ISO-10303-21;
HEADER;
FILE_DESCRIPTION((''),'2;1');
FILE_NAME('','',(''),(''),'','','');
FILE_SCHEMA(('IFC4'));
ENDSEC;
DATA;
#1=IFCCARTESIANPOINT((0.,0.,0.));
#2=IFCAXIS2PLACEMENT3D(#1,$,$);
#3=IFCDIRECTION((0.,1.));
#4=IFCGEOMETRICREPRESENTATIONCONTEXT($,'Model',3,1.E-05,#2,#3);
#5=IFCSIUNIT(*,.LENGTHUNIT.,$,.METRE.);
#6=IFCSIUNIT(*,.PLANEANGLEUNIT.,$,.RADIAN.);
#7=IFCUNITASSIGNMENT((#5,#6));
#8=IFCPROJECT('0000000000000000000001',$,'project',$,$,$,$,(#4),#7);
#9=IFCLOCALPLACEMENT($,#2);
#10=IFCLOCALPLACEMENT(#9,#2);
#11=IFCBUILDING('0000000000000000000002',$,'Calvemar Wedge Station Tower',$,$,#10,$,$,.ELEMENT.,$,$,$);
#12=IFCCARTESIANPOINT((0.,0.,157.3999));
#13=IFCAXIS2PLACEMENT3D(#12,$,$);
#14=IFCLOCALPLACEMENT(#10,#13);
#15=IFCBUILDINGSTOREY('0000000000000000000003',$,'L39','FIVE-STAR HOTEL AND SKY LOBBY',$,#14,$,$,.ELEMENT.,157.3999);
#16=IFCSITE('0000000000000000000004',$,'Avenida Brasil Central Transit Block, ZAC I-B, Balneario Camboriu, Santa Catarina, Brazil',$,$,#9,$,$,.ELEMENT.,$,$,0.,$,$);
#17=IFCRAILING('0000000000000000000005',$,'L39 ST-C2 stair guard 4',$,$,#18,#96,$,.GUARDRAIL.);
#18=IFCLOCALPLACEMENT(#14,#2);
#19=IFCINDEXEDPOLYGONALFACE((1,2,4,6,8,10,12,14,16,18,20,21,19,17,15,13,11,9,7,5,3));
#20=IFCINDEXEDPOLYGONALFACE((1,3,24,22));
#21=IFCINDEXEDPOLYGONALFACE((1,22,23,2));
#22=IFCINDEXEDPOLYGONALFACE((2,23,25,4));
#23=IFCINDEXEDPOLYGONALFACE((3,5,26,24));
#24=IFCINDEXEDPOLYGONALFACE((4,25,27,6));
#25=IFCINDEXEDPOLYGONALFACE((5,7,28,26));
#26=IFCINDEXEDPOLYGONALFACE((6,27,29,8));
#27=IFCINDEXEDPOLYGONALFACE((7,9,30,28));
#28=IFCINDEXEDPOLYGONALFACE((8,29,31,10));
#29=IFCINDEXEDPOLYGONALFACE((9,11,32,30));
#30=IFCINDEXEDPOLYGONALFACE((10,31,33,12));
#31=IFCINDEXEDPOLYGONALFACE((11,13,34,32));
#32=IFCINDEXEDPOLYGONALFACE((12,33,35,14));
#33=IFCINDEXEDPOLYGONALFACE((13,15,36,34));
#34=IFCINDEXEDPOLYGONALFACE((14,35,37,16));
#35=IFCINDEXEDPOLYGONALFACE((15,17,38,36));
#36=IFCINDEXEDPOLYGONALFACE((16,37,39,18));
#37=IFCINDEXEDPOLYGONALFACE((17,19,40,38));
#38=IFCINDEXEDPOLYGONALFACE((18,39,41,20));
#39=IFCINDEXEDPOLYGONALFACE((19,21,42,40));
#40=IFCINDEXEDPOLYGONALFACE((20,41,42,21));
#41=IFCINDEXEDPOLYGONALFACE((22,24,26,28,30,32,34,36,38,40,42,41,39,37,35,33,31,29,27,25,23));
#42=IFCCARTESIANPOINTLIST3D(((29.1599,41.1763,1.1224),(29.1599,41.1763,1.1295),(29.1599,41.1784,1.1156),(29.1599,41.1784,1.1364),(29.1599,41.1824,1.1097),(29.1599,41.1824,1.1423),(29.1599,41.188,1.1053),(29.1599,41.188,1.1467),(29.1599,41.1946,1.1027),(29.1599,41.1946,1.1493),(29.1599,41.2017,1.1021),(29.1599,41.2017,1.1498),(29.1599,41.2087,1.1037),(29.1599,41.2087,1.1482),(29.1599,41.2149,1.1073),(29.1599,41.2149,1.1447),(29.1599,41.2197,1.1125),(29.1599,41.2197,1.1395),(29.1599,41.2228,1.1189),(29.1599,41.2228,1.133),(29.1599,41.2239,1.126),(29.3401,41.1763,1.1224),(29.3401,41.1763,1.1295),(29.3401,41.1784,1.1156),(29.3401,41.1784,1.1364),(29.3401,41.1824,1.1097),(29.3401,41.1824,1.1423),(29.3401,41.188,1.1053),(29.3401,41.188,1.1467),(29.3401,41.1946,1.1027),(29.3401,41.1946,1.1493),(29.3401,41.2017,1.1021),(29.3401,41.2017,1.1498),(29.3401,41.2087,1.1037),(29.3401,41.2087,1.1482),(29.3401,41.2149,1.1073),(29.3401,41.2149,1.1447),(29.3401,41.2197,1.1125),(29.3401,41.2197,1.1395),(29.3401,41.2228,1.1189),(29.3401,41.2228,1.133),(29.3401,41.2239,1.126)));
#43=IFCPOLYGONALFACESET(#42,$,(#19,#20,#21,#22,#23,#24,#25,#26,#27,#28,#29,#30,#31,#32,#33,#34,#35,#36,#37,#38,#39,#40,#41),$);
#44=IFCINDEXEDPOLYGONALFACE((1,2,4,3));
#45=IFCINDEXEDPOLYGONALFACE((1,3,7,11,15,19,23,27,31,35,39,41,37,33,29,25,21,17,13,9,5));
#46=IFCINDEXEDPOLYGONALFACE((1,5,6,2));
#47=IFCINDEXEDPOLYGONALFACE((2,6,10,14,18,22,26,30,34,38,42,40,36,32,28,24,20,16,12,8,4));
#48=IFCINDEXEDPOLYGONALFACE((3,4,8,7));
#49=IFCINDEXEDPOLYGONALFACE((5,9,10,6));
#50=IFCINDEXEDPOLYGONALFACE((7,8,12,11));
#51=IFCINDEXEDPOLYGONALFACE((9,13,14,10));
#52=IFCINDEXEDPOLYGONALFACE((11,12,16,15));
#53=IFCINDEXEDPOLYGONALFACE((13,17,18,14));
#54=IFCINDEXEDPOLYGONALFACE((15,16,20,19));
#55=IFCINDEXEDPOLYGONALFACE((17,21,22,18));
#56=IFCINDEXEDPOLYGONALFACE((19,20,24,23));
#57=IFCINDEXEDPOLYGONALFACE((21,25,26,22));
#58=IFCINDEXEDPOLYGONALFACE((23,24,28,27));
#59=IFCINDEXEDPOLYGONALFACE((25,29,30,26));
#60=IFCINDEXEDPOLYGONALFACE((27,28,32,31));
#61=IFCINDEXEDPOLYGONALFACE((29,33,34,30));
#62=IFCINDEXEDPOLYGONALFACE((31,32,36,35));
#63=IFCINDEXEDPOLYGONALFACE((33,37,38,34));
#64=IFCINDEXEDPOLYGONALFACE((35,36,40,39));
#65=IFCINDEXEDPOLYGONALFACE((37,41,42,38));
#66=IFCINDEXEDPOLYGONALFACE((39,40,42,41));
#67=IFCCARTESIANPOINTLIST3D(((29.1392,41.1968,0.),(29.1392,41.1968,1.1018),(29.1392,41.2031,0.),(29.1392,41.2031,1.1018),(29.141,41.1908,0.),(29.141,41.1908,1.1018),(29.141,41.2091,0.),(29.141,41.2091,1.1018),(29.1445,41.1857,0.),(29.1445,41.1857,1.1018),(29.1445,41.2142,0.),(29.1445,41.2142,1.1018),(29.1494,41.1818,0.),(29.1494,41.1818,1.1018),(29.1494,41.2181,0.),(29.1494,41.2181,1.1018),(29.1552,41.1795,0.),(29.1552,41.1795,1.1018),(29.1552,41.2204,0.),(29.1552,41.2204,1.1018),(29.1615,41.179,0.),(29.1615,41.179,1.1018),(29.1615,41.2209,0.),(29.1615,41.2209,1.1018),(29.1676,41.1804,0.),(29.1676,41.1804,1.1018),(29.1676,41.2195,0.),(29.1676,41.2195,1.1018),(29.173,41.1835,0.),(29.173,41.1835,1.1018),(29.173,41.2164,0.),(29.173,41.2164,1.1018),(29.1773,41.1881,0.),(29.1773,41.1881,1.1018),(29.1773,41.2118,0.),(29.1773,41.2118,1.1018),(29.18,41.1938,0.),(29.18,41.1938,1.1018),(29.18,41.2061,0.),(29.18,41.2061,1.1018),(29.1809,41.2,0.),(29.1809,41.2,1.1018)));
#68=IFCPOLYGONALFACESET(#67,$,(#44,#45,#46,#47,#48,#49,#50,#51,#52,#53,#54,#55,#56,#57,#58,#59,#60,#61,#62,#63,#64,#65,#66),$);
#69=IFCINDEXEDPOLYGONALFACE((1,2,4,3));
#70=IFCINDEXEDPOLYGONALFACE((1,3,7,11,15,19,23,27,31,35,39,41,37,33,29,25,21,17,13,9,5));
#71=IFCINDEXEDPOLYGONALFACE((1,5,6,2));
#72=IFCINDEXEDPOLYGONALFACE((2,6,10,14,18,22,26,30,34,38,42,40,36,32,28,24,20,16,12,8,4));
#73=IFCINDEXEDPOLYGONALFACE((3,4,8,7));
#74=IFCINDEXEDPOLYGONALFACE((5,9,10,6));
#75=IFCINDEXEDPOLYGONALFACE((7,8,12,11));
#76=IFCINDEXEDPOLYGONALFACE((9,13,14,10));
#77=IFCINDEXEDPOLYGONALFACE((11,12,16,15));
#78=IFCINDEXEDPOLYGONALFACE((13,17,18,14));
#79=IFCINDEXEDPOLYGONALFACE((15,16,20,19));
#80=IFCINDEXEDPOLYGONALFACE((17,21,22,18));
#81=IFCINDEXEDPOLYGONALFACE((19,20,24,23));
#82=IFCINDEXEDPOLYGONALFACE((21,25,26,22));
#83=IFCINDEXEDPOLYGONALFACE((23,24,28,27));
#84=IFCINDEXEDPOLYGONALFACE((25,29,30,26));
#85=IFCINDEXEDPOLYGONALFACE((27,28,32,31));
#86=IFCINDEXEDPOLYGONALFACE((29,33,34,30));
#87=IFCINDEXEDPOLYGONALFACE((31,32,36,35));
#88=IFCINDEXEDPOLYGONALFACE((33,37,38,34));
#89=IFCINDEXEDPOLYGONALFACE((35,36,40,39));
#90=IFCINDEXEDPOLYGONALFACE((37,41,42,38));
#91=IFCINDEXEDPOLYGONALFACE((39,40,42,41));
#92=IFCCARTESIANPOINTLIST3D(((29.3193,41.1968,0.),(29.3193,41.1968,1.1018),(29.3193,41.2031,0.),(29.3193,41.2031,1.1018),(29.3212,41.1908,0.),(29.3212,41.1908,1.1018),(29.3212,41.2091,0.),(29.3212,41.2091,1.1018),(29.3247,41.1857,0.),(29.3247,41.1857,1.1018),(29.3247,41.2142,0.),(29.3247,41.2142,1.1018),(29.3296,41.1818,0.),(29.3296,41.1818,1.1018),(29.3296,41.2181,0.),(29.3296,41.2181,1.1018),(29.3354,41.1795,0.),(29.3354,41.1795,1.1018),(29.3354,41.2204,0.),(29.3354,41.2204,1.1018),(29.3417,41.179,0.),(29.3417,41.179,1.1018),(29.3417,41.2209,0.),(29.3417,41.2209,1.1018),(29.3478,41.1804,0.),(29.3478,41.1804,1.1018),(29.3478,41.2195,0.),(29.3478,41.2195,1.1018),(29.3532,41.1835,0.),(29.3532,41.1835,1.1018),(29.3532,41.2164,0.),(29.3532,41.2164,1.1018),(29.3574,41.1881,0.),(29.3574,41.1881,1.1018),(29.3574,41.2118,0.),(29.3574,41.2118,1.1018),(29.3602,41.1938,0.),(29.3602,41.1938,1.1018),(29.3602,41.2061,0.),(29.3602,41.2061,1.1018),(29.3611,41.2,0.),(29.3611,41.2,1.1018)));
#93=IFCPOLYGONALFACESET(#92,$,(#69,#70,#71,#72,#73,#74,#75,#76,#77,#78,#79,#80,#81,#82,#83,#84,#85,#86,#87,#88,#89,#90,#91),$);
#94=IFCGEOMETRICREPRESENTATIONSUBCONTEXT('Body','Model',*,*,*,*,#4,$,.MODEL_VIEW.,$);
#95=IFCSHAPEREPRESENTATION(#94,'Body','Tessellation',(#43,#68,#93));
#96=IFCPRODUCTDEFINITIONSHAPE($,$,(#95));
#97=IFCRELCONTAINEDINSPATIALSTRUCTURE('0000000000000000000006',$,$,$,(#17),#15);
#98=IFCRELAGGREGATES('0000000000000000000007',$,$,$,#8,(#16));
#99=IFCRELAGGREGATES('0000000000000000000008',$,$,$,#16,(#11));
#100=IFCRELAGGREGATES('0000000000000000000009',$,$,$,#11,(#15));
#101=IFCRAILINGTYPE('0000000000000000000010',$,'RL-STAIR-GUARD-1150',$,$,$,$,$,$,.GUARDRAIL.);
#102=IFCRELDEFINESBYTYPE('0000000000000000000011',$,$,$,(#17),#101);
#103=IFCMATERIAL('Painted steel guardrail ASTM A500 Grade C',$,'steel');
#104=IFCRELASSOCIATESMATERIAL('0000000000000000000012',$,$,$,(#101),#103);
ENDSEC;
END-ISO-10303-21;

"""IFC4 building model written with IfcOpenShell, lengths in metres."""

from ifc_helpers import new_model, si_unit, direction, frame, origin, origin_2d, place, context, subcontext, project, spatial, circle, extrude, material, type_object, element, save


model = new_model("IFC4")

# Units and contexts
model_context = context("Model", 3, precision=1e-05, world=origin(), true_north=direction((0.0, 1.0)))
body_context = subcontext(model_context, "Body", "Model", "MODEL_VIEW")
ifc_project = project(units=[si_unit("LENGTHUNIT", "METRE"), si_unit("PLANEANGLEUNIT", "RADIAN")], contexts=[model_context])

# Site, building, storey
site_placement = place(None, origin())
site = spatial("IfcSite", under=ifc_project, at=site_placement, Name="Avenida Brasil Central Transit Block, ZAC I-B, Balneario Camboriu, Santa Catarina, Brazil", CompositionType="ELEMENT", RefElevation=0.0)
building_placement = place(site_placement, origin())
building = spatial("IfcBuilding", under=site, at=building_placement, Name="Calvemar Wedge Station Tower", CompositionType="ELEMENT")
storey_placement = place(building_placement, frame((0.0, 0.0, 157.3999)))
storey = spatial("IfcBuildingStorey", under=building, at=storey_placement, Name="L39", Description="FIVE-STAR HOTEL AND SKY LOBBY", CompositionType="ELEMENT", Elevation=157.3999)

# Railing
ifc_material_1 = material(Name="Painted steel guardrail ASTM A500 Grade C", Category="steel")
railing_type_1 = type_object("IfcRailingType", Name="RL-STAIR-GUARD-1150", PredefinedType="GUARDRAIL", material=ifc_material_1)
railing_1_placement = place(storey_placement, frame((29.1599, 41.2, 0.0)))
element("IfcRailing", 1, at=railing_1_placement, inside=storey, type_object=railing_type_1, Name="L39 ST-C2 stair guard 4", PredefinedType="GUARDRAIL", context=body_context, shape_type="SweptSolid", body=[
    extrude(circle(Radius=0.0239, at=origin_2d()), frame((0.0, 0.0, 1.126), z_axis=(1.0, 0.0, 0.0), x_axis=(0.0, 1.0, 0.0)), (0.0, 0.0, 1.0), 0.1802),
    extrude(circle(Radius=0.021, at=origin_2d()), origin(), (0.0, 0.0, 1.0), 1.1018),
    extrude(circle(Radius=0.021, at=origin_2d()), frame((0.1802, 0.0, 0.0)), (0.0, 0.0, 1.0), 1.1018),
])

save(model, "model.ifc")
